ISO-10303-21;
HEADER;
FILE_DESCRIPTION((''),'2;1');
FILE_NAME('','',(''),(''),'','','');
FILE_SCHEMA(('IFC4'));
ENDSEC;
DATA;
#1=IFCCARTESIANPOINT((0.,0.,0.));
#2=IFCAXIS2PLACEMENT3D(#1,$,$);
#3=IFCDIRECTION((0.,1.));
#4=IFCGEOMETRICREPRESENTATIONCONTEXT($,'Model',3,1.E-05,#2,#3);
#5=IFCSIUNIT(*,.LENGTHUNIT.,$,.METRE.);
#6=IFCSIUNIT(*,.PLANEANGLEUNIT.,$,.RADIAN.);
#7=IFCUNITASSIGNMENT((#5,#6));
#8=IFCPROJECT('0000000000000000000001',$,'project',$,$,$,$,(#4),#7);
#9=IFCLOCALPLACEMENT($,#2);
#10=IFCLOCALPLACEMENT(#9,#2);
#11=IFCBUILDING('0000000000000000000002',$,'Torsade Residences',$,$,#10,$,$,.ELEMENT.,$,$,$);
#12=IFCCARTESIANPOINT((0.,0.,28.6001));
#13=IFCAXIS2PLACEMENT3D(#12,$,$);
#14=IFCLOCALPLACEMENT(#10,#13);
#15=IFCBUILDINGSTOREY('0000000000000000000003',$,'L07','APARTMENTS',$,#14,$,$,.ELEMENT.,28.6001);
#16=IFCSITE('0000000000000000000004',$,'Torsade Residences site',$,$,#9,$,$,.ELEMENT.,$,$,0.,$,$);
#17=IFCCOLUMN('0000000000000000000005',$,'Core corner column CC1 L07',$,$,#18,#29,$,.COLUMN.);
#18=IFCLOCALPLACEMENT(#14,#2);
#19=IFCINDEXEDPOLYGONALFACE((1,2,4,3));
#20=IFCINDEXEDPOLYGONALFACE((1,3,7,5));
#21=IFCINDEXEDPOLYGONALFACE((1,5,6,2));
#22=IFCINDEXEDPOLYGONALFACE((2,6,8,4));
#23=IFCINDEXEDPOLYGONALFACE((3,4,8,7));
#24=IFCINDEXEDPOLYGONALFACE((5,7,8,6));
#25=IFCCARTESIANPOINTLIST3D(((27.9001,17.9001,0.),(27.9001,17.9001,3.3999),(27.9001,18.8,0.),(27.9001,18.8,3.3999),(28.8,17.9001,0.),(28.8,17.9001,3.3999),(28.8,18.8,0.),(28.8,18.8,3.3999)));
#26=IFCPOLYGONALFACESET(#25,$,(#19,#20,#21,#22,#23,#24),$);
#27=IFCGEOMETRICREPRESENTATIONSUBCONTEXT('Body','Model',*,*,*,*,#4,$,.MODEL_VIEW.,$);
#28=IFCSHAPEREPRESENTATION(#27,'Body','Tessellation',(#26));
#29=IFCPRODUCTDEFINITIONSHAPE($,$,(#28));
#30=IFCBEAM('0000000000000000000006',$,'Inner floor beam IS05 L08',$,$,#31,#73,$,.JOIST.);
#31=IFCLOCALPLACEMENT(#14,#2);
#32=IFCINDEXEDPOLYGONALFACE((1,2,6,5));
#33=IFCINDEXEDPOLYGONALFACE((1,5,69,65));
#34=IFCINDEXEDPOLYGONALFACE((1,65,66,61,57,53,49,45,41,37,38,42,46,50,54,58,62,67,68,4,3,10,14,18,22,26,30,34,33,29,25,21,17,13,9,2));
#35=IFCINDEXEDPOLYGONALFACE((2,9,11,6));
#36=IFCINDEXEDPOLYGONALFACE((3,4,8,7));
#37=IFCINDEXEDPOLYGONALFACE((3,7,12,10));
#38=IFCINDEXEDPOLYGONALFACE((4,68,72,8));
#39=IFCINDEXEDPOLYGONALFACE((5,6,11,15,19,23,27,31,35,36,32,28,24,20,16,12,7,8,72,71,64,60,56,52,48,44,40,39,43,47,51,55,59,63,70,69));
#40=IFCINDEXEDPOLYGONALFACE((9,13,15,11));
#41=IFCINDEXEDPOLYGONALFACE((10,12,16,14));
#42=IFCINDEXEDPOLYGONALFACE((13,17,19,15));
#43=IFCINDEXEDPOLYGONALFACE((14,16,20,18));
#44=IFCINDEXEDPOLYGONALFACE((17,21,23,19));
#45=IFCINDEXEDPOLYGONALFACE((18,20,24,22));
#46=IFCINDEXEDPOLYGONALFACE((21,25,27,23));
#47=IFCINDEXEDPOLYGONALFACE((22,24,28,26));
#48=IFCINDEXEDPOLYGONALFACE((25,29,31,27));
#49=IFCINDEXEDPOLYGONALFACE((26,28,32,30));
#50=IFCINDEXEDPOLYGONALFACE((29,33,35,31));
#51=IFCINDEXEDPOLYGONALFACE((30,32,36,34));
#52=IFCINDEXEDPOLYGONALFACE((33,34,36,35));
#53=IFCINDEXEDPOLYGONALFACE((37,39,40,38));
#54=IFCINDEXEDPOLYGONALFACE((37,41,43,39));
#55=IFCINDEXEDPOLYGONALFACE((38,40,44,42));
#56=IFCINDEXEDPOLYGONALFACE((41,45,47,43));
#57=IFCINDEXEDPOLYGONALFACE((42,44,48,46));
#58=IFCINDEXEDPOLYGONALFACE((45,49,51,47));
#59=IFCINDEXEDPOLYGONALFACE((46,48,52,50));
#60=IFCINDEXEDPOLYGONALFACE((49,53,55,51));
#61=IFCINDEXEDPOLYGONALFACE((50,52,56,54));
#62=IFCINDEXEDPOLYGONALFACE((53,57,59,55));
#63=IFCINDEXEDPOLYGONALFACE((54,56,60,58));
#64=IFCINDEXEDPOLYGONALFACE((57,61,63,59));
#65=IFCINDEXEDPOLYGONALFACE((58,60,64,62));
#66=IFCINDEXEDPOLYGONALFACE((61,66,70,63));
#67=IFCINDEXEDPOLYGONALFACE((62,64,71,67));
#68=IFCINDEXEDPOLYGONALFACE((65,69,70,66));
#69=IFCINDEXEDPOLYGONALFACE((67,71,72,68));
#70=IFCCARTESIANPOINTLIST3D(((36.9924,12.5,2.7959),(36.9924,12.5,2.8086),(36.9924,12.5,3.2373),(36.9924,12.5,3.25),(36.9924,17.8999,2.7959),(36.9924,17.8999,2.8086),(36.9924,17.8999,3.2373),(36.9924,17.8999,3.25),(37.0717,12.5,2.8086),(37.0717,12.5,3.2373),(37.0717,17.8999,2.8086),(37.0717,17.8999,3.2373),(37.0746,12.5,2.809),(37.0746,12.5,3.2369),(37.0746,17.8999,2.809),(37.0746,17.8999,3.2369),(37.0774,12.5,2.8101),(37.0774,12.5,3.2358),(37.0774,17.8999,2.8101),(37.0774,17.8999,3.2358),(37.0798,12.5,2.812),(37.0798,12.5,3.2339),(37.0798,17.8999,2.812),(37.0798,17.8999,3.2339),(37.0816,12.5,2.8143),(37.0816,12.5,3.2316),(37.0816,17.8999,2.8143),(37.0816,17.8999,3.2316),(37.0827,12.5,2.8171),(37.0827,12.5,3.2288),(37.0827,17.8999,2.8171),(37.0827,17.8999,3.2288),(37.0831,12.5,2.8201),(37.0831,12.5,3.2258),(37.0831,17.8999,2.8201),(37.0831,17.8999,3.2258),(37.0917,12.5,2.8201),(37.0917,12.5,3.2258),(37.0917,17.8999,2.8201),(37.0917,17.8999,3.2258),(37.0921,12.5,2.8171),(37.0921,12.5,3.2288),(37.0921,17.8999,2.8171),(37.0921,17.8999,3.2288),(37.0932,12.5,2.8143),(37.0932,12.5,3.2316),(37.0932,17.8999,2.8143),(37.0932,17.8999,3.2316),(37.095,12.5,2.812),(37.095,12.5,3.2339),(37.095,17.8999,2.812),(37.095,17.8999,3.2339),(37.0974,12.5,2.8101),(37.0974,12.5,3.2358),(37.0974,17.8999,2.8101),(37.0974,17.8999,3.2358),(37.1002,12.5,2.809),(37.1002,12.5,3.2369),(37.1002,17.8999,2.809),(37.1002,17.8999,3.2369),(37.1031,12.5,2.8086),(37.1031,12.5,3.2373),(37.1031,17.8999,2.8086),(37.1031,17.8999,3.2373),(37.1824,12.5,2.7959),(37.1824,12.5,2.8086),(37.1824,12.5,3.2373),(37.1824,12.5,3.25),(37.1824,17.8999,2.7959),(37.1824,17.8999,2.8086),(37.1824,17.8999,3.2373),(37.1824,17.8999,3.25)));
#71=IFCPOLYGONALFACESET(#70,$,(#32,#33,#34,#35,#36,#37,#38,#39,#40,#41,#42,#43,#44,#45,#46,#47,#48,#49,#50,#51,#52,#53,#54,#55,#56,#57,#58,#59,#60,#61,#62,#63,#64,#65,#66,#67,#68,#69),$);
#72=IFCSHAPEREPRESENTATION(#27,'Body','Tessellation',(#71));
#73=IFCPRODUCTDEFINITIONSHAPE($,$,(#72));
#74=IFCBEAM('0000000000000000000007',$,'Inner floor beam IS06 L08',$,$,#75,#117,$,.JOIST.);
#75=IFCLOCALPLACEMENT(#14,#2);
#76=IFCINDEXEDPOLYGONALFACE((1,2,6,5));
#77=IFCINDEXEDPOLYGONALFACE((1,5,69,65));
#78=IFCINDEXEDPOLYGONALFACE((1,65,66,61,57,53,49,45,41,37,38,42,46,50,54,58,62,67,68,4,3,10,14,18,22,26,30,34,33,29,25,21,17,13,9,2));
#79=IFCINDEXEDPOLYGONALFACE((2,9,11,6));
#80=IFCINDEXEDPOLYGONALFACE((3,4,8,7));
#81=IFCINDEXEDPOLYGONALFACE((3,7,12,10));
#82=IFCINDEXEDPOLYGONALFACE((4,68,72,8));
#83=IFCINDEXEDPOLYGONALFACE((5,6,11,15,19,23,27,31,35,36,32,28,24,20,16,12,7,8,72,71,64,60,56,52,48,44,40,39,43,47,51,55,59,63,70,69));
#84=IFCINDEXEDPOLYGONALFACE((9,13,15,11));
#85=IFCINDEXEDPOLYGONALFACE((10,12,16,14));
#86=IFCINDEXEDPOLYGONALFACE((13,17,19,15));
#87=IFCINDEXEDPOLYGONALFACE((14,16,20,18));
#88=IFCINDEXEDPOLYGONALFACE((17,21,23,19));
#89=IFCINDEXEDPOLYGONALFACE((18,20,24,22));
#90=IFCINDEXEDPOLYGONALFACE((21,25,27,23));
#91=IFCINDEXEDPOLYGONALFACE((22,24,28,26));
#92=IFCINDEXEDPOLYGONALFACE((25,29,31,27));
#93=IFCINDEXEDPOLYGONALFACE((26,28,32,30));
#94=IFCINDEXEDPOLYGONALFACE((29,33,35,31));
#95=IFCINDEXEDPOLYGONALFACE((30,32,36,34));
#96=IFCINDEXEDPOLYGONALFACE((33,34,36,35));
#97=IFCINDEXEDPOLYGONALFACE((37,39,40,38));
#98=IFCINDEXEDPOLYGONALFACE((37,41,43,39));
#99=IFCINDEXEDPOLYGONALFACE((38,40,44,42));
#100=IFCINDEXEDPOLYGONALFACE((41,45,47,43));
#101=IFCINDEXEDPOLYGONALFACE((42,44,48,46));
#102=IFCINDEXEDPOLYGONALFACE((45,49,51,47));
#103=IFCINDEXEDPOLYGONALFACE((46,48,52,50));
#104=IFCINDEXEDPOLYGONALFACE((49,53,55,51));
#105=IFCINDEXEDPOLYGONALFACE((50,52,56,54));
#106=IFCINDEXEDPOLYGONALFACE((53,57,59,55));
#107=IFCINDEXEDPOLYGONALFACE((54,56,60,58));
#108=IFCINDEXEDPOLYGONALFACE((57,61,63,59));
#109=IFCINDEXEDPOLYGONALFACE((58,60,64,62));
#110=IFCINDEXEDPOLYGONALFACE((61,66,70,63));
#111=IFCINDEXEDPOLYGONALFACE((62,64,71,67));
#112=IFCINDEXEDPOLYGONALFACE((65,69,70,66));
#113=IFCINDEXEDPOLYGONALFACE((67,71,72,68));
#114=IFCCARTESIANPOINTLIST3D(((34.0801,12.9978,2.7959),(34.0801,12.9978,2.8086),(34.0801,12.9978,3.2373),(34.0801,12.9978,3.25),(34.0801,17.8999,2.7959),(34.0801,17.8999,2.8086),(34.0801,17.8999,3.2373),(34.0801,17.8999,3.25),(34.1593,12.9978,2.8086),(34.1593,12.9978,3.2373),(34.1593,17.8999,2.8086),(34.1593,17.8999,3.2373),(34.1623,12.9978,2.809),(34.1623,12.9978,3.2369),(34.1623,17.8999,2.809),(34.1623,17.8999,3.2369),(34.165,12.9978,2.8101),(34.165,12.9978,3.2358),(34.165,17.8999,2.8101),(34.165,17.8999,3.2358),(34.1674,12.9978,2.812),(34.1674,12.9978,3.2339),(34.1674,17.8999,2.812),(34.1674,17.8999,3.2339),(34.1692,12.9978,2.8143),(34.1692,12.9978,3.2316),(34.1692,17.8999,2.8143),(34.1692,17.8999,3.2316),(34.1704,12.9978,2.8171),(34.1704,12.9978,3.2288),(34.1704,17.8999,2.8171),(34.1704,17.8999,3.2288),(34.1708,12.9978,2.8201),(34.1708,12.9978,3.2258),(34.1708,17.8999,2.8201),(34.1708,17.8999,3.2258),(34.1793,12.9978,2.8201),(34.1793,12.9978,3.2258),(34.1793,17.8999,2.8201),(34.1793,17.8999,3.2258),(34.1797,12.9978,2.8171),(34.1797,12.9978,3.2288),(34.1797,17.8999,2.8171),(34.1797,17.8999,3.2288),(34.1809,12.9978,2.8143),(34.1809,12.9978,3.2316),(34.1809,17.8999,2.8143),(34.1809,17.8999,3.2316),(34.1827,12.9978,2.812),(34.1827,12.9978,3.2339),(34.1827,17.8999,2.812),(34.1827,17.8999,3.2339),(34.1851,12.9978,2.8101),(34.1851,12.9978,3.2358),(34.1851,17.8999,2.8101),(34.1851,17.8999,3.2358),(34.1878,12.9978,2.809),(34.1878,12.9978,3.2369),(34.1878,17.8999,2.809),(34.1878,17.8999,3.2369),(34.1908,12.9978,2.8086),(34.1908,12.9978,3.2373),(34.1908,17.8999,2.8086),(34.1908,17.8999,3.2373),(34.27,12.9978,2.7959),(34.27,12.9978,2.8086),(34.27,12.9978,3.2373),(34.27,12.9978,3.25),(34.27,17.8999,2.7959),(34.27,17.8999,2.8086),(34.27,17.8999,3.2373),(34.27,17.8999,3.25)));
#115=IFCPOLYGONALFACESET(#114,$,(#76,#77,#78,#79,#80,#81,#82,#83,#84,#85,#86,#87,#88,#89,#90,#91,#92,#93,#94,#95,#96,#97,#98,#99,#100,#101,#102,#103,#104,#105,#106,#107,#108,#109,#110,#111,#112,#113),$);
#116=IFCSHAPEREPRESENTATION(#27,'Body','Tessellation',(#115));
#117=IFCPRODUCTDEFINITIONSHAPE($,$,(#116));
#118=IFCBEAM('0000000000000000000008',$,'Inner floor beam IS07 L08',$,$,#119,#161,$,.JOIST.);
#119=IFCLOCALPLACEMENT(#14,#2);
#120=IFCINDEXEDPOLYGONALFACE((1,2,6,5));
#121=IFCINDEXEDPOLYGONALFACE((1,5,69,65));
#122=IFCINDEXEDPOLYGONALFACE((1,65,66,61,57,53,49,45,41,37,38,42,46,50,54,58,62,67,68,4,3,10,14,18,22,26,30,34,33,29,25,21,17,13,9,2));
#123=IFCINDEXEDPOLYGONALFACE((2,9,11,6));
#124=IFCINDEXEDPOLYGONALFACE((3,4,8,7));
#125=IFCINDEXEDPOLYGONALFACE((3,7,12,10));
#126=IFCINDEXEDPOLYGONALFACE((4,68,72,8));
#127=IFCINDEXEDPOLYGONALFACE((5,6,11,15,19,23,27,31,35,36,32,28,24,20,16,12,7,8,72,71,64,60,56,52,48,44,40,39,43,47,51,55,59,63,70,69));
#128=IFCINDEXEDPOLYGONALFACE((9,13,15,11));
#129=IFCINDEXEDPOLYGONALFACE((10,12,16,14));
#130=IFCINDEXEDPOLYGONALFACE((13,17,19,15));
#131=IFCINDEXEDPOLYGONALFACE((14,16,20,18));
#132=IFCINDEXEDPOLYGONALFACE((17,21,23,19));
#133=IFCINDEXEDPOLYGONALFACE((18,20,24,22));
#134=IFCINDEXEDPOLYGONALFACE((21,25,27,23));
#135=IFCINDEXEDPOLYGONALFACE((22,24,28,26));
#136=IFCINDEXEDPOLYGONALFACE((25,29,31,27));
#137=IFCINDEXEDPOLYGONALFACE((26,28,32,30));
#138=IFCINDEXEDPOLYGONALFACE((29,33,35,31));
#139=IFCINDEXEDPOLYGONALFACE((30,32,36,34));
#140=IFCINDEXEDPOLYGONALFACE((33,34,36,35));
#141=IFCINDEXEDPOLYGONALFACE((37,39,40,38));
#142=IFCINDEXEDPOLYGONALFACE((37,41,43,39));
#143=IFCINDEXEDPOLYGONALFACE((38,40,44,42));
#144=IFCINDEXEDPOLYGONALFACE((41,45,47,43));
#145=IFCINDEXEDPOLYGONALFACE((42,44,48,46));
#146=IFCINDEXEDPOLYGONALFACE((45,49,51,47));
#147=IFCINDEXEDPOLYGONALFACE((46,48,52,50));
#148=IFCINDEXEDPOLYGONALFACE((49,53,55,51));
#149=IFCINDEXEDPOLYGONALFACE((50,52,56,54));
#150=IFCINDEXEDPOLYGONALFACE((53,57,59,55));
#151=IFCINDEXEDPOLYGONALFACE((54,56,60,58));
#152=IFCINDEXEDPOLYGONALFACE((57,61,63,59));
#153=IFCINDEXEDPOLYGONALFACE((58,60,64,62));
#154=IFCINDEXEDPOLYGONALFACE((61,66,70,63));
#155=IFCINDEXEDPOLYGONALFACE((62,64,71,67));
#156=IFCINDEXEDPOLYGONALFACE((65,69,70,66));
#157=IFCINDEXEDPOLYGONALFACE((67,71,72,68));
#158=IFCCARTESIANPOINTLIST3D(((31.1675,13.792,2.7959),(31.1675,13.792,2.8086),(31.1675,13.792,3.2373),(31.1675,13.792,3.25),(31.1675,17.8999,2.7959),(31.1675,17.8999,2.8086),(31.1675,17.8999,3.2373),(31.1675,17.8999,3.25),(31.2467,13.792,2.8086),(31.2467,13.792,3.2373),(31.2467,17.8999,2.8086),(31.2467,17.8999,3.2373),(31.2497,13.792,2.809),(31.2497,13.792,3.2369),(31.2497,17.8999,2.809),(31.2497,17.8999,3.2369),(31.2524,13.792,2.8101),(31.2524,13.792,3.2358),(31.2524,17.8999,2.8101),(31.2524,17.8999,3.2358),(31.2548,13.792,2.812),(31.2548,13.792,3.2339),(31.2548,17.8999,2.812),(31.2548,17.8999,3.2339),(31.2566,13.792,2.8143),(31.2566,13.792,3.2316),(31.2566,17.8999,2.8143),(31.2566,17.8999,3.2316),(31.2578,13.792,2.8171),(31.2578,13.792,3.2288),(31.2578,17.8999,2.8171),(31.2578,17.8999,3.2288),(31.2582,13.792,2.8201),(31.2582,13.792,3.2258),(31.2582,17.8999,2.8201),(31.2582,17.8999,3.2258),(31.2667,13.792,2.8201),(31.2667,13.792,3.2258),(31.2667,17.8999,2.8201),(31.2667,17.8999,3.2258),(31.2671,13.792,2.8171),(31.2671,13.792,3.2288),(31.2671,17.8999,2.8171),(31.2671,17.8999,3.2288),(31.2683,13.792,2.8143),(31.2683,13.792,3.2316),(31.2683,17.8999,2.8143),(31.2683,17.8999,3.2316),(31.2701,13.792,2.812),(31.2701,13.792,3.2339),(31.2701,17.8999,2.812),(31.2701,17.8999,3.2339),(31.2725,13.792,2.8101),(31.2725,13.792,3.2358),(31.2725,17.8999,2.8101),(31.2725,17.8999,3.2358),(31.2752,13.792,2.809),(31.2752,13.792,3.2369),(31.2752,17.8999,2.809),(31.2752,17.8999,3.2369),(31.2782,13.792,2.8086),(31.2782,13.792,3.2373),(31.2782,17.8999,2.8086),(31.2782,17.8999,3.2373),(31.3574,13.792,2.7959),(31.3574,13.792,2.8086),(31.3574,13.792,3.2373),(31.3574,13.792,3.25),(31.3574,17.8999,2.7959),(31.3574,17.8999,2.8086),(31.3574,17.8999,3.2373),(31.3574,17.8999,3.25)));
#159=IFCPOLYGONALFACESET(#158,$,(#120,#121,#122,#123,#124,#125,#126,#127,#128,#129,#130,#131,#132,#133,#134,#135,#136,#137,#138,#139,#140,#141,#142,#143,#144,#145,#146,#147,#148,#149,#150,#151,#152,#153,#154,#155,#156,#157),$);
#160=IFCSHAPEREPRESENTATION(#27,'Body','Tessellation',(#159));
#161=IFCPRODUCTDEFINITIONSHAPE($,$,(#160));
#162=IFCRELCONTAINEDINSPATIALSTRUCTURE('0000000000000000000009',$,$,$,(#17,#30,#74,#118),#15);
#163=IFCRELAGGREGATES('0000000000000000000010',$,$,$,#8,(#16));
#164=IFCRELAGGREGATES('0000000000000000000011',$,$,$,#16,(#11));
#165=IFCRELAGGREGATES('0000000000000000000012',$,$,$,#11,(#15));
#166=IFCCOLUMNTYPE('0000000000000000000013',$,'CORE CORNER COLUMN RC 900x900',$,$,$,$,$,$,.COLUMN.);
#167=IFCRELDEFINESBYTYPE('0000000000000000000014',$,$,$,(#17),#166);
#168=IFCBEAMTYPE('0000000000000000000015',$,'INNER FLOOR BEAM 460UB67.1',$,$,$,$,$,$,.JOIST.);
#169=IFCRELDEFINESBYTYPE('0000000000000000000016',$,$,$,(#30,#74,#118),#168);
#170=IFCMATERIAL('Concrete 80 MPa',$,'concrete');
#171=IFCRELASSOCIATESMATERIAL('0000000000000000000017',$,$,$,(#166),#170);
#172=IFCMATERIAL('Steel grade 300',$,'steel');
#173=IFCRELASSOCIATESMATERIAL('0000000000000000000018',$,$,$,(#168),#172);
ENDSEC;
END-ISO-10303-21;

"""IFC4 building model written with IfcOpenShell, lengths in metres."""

from ifc_helpers import new_model, si_unit, direction, frame, origin, origin_2d, place, context, subcontext, project, spatial, rectangle, i_section, extrude, material, material_profile, profile_set, type_object, element, save


model = new_model("IFC4")

# Units and contexts
model_context = context("Model", 3, precision=1e-05, world=origin(), true_north=direction((0.0, 1.0)))
body_context = subcontext(model_context, "Body", "Model", "MODEL_VIEW")
ifc_project = project(units=[si_unit("LENGTHUNIT", "METRE"), si_unit("PLANEANGLEUNIT", "RADIAN")], contexts=[model_context])

# Site, building, storey
site_placement = place(None, origin())
site = spatial("IfcSite", under=ifc_project, at=site_placement, Name="Torsade Residences site", CompositionType="ELEMENT", RefElevation=0.0)
building_placement = place(site_placement, origin())
building = spatial("IfcBuilding", under=site, at=building_placement, Name="Torsade Residences", CompositionType="ELEMENT")
storey_placement = place(building_placement, frame((0.0, 0.0, 28.6001)))
storey = spatial("IfcBuildingStorey", under=building, at=storey_placement, Name="L07", Description="APARTMENTS", CompositionType="ELEMENT", Elevation=28.6001)

# Column
ifc_material_1 = material(Name="Concrete 80 MPa", Category="concrete")
ifc_material_profile_1 = material_profile(ifc_material_1, rectangle(XDim=0.8999, YDim=0.8999, at=origin_2d()), Name="RC 900x900")
ifc_profile_set_1 = profile_set([ifc_material_profile_1], Name="Concrete 80 MPa")
column_type = type_object("IfcColumnType", Name="CORE CORNER COLUMN RC 900x900", PredefinedType="COLUMN", material=ifc_profile_set_1)
column_placement = place(storey_placement, frame((28.3501, 18.3501, 0.0), z_axis=(0.0, 0.0, 1.0), x_axis=(1.0, 0.0, 0.0)))
element("IfcColumn", 1, at=column_placement, inside=storey, type_object=column_type, Name="Core corner column CC1 L07", PredefinedType="COLUMN", context=body_context, shape_type="SweptSolid", body=[
    extrude(rectangle(XDim=0.8999, YDim=0.8999, at=origin_2d()), origin(), (0.0, 0.0, 1.0), 3.3999),
])

# Beams
ifc_material_2 = material(Name="Steel grade 300", Category="steel")
ifc_material_profile_2 = material_profile(ifc_material_2, i_section(OverallWidth=0.1899, OverallDepth=0.4541, WebThickness=0.0085, FlangeThickness=0.0127, FilletRadius=0.0115, at=origin_2d()), Name="460UB67.1")
ifc_profile_set_2 = profile_set([ifc_material_profile_2], Name="Steel grade 300")
beam_type = type_object("IfcBeamType", Name="INNER FLOOR BEAM 460UB67.1", PredefinedType="JOIST", material=ifc_profile_set_2)
beam_1_placement = place(storey_placement, frame((37.0874, 17.8999, 3.0229), z_axis=(0.0, -1.0, 0.0), x_axis=(1.0, 0.0, 0.0)))
element("IfcBeam", 2, at=beam_1_placement, inside=storey, type_object=beam_type, Name="Inner floor beam IS05 L08", PredefinedType="JOIST", context=body_context, shape_type="SweptSolid", body=[
    extrude(i_section(OverallWidth=0.1899, OverallDepth=0.4541, WebThickness=0.0085, FlangeThickness=0.0127, FilletRadius=0.0115, at=origin_2d()), origin(), (0.0, 0.0, 1.0), 5.3999),
])
beam_2_placement = place(storey_placement, frame((34.175, 17.8999, 3.0229), z_axis=(0.0, -1.0, 0.0), x_axis=(1.0, 0.0, 0.0)))
element("IfcBeam", 3, at=beam_2_placement, inside=storey, type_object=beam_type, Name="Inner floor beam IS06 L08", PredefinedType="JOIST", context=body_context, shape_type="SweptSolid", body=[
    extrude(i_section(OverallWidth=0.1899, OverallDepth=0.4541, WebThickness=0.0085, FlangeThickness=0.0127, FilletRadius=0.0115, at=origin_2d()), origin(), (0.0, 0.0, 1.0), 4.9021),
])
beam_3_placement = place(storey_placement, frame((31.2625, 17.8999, 3.0229), z_axis=(0.0, -1.0, 0.0), x_axis=(1.0, 0.0, 0.0)))
element("IfcBeam", 4, at=beam_3_placement, inside=storey, type_object=beam_type, Name="Inner floor beam IS07 L08", PredefinedType="JOIST", context=body_context, shape_type="SweptSolid", body=[
    extrude(i_section(OverallWidth=0.1899, OverallDepth=0.4541, WebThickness=0.0085, FlangeThickness=0.0127, FilletRadius=0.0115, at=origin_2d()), origin(), (0.0, 0.0, 1.0), 4.1079),
])

save(model, "model.ifc")
